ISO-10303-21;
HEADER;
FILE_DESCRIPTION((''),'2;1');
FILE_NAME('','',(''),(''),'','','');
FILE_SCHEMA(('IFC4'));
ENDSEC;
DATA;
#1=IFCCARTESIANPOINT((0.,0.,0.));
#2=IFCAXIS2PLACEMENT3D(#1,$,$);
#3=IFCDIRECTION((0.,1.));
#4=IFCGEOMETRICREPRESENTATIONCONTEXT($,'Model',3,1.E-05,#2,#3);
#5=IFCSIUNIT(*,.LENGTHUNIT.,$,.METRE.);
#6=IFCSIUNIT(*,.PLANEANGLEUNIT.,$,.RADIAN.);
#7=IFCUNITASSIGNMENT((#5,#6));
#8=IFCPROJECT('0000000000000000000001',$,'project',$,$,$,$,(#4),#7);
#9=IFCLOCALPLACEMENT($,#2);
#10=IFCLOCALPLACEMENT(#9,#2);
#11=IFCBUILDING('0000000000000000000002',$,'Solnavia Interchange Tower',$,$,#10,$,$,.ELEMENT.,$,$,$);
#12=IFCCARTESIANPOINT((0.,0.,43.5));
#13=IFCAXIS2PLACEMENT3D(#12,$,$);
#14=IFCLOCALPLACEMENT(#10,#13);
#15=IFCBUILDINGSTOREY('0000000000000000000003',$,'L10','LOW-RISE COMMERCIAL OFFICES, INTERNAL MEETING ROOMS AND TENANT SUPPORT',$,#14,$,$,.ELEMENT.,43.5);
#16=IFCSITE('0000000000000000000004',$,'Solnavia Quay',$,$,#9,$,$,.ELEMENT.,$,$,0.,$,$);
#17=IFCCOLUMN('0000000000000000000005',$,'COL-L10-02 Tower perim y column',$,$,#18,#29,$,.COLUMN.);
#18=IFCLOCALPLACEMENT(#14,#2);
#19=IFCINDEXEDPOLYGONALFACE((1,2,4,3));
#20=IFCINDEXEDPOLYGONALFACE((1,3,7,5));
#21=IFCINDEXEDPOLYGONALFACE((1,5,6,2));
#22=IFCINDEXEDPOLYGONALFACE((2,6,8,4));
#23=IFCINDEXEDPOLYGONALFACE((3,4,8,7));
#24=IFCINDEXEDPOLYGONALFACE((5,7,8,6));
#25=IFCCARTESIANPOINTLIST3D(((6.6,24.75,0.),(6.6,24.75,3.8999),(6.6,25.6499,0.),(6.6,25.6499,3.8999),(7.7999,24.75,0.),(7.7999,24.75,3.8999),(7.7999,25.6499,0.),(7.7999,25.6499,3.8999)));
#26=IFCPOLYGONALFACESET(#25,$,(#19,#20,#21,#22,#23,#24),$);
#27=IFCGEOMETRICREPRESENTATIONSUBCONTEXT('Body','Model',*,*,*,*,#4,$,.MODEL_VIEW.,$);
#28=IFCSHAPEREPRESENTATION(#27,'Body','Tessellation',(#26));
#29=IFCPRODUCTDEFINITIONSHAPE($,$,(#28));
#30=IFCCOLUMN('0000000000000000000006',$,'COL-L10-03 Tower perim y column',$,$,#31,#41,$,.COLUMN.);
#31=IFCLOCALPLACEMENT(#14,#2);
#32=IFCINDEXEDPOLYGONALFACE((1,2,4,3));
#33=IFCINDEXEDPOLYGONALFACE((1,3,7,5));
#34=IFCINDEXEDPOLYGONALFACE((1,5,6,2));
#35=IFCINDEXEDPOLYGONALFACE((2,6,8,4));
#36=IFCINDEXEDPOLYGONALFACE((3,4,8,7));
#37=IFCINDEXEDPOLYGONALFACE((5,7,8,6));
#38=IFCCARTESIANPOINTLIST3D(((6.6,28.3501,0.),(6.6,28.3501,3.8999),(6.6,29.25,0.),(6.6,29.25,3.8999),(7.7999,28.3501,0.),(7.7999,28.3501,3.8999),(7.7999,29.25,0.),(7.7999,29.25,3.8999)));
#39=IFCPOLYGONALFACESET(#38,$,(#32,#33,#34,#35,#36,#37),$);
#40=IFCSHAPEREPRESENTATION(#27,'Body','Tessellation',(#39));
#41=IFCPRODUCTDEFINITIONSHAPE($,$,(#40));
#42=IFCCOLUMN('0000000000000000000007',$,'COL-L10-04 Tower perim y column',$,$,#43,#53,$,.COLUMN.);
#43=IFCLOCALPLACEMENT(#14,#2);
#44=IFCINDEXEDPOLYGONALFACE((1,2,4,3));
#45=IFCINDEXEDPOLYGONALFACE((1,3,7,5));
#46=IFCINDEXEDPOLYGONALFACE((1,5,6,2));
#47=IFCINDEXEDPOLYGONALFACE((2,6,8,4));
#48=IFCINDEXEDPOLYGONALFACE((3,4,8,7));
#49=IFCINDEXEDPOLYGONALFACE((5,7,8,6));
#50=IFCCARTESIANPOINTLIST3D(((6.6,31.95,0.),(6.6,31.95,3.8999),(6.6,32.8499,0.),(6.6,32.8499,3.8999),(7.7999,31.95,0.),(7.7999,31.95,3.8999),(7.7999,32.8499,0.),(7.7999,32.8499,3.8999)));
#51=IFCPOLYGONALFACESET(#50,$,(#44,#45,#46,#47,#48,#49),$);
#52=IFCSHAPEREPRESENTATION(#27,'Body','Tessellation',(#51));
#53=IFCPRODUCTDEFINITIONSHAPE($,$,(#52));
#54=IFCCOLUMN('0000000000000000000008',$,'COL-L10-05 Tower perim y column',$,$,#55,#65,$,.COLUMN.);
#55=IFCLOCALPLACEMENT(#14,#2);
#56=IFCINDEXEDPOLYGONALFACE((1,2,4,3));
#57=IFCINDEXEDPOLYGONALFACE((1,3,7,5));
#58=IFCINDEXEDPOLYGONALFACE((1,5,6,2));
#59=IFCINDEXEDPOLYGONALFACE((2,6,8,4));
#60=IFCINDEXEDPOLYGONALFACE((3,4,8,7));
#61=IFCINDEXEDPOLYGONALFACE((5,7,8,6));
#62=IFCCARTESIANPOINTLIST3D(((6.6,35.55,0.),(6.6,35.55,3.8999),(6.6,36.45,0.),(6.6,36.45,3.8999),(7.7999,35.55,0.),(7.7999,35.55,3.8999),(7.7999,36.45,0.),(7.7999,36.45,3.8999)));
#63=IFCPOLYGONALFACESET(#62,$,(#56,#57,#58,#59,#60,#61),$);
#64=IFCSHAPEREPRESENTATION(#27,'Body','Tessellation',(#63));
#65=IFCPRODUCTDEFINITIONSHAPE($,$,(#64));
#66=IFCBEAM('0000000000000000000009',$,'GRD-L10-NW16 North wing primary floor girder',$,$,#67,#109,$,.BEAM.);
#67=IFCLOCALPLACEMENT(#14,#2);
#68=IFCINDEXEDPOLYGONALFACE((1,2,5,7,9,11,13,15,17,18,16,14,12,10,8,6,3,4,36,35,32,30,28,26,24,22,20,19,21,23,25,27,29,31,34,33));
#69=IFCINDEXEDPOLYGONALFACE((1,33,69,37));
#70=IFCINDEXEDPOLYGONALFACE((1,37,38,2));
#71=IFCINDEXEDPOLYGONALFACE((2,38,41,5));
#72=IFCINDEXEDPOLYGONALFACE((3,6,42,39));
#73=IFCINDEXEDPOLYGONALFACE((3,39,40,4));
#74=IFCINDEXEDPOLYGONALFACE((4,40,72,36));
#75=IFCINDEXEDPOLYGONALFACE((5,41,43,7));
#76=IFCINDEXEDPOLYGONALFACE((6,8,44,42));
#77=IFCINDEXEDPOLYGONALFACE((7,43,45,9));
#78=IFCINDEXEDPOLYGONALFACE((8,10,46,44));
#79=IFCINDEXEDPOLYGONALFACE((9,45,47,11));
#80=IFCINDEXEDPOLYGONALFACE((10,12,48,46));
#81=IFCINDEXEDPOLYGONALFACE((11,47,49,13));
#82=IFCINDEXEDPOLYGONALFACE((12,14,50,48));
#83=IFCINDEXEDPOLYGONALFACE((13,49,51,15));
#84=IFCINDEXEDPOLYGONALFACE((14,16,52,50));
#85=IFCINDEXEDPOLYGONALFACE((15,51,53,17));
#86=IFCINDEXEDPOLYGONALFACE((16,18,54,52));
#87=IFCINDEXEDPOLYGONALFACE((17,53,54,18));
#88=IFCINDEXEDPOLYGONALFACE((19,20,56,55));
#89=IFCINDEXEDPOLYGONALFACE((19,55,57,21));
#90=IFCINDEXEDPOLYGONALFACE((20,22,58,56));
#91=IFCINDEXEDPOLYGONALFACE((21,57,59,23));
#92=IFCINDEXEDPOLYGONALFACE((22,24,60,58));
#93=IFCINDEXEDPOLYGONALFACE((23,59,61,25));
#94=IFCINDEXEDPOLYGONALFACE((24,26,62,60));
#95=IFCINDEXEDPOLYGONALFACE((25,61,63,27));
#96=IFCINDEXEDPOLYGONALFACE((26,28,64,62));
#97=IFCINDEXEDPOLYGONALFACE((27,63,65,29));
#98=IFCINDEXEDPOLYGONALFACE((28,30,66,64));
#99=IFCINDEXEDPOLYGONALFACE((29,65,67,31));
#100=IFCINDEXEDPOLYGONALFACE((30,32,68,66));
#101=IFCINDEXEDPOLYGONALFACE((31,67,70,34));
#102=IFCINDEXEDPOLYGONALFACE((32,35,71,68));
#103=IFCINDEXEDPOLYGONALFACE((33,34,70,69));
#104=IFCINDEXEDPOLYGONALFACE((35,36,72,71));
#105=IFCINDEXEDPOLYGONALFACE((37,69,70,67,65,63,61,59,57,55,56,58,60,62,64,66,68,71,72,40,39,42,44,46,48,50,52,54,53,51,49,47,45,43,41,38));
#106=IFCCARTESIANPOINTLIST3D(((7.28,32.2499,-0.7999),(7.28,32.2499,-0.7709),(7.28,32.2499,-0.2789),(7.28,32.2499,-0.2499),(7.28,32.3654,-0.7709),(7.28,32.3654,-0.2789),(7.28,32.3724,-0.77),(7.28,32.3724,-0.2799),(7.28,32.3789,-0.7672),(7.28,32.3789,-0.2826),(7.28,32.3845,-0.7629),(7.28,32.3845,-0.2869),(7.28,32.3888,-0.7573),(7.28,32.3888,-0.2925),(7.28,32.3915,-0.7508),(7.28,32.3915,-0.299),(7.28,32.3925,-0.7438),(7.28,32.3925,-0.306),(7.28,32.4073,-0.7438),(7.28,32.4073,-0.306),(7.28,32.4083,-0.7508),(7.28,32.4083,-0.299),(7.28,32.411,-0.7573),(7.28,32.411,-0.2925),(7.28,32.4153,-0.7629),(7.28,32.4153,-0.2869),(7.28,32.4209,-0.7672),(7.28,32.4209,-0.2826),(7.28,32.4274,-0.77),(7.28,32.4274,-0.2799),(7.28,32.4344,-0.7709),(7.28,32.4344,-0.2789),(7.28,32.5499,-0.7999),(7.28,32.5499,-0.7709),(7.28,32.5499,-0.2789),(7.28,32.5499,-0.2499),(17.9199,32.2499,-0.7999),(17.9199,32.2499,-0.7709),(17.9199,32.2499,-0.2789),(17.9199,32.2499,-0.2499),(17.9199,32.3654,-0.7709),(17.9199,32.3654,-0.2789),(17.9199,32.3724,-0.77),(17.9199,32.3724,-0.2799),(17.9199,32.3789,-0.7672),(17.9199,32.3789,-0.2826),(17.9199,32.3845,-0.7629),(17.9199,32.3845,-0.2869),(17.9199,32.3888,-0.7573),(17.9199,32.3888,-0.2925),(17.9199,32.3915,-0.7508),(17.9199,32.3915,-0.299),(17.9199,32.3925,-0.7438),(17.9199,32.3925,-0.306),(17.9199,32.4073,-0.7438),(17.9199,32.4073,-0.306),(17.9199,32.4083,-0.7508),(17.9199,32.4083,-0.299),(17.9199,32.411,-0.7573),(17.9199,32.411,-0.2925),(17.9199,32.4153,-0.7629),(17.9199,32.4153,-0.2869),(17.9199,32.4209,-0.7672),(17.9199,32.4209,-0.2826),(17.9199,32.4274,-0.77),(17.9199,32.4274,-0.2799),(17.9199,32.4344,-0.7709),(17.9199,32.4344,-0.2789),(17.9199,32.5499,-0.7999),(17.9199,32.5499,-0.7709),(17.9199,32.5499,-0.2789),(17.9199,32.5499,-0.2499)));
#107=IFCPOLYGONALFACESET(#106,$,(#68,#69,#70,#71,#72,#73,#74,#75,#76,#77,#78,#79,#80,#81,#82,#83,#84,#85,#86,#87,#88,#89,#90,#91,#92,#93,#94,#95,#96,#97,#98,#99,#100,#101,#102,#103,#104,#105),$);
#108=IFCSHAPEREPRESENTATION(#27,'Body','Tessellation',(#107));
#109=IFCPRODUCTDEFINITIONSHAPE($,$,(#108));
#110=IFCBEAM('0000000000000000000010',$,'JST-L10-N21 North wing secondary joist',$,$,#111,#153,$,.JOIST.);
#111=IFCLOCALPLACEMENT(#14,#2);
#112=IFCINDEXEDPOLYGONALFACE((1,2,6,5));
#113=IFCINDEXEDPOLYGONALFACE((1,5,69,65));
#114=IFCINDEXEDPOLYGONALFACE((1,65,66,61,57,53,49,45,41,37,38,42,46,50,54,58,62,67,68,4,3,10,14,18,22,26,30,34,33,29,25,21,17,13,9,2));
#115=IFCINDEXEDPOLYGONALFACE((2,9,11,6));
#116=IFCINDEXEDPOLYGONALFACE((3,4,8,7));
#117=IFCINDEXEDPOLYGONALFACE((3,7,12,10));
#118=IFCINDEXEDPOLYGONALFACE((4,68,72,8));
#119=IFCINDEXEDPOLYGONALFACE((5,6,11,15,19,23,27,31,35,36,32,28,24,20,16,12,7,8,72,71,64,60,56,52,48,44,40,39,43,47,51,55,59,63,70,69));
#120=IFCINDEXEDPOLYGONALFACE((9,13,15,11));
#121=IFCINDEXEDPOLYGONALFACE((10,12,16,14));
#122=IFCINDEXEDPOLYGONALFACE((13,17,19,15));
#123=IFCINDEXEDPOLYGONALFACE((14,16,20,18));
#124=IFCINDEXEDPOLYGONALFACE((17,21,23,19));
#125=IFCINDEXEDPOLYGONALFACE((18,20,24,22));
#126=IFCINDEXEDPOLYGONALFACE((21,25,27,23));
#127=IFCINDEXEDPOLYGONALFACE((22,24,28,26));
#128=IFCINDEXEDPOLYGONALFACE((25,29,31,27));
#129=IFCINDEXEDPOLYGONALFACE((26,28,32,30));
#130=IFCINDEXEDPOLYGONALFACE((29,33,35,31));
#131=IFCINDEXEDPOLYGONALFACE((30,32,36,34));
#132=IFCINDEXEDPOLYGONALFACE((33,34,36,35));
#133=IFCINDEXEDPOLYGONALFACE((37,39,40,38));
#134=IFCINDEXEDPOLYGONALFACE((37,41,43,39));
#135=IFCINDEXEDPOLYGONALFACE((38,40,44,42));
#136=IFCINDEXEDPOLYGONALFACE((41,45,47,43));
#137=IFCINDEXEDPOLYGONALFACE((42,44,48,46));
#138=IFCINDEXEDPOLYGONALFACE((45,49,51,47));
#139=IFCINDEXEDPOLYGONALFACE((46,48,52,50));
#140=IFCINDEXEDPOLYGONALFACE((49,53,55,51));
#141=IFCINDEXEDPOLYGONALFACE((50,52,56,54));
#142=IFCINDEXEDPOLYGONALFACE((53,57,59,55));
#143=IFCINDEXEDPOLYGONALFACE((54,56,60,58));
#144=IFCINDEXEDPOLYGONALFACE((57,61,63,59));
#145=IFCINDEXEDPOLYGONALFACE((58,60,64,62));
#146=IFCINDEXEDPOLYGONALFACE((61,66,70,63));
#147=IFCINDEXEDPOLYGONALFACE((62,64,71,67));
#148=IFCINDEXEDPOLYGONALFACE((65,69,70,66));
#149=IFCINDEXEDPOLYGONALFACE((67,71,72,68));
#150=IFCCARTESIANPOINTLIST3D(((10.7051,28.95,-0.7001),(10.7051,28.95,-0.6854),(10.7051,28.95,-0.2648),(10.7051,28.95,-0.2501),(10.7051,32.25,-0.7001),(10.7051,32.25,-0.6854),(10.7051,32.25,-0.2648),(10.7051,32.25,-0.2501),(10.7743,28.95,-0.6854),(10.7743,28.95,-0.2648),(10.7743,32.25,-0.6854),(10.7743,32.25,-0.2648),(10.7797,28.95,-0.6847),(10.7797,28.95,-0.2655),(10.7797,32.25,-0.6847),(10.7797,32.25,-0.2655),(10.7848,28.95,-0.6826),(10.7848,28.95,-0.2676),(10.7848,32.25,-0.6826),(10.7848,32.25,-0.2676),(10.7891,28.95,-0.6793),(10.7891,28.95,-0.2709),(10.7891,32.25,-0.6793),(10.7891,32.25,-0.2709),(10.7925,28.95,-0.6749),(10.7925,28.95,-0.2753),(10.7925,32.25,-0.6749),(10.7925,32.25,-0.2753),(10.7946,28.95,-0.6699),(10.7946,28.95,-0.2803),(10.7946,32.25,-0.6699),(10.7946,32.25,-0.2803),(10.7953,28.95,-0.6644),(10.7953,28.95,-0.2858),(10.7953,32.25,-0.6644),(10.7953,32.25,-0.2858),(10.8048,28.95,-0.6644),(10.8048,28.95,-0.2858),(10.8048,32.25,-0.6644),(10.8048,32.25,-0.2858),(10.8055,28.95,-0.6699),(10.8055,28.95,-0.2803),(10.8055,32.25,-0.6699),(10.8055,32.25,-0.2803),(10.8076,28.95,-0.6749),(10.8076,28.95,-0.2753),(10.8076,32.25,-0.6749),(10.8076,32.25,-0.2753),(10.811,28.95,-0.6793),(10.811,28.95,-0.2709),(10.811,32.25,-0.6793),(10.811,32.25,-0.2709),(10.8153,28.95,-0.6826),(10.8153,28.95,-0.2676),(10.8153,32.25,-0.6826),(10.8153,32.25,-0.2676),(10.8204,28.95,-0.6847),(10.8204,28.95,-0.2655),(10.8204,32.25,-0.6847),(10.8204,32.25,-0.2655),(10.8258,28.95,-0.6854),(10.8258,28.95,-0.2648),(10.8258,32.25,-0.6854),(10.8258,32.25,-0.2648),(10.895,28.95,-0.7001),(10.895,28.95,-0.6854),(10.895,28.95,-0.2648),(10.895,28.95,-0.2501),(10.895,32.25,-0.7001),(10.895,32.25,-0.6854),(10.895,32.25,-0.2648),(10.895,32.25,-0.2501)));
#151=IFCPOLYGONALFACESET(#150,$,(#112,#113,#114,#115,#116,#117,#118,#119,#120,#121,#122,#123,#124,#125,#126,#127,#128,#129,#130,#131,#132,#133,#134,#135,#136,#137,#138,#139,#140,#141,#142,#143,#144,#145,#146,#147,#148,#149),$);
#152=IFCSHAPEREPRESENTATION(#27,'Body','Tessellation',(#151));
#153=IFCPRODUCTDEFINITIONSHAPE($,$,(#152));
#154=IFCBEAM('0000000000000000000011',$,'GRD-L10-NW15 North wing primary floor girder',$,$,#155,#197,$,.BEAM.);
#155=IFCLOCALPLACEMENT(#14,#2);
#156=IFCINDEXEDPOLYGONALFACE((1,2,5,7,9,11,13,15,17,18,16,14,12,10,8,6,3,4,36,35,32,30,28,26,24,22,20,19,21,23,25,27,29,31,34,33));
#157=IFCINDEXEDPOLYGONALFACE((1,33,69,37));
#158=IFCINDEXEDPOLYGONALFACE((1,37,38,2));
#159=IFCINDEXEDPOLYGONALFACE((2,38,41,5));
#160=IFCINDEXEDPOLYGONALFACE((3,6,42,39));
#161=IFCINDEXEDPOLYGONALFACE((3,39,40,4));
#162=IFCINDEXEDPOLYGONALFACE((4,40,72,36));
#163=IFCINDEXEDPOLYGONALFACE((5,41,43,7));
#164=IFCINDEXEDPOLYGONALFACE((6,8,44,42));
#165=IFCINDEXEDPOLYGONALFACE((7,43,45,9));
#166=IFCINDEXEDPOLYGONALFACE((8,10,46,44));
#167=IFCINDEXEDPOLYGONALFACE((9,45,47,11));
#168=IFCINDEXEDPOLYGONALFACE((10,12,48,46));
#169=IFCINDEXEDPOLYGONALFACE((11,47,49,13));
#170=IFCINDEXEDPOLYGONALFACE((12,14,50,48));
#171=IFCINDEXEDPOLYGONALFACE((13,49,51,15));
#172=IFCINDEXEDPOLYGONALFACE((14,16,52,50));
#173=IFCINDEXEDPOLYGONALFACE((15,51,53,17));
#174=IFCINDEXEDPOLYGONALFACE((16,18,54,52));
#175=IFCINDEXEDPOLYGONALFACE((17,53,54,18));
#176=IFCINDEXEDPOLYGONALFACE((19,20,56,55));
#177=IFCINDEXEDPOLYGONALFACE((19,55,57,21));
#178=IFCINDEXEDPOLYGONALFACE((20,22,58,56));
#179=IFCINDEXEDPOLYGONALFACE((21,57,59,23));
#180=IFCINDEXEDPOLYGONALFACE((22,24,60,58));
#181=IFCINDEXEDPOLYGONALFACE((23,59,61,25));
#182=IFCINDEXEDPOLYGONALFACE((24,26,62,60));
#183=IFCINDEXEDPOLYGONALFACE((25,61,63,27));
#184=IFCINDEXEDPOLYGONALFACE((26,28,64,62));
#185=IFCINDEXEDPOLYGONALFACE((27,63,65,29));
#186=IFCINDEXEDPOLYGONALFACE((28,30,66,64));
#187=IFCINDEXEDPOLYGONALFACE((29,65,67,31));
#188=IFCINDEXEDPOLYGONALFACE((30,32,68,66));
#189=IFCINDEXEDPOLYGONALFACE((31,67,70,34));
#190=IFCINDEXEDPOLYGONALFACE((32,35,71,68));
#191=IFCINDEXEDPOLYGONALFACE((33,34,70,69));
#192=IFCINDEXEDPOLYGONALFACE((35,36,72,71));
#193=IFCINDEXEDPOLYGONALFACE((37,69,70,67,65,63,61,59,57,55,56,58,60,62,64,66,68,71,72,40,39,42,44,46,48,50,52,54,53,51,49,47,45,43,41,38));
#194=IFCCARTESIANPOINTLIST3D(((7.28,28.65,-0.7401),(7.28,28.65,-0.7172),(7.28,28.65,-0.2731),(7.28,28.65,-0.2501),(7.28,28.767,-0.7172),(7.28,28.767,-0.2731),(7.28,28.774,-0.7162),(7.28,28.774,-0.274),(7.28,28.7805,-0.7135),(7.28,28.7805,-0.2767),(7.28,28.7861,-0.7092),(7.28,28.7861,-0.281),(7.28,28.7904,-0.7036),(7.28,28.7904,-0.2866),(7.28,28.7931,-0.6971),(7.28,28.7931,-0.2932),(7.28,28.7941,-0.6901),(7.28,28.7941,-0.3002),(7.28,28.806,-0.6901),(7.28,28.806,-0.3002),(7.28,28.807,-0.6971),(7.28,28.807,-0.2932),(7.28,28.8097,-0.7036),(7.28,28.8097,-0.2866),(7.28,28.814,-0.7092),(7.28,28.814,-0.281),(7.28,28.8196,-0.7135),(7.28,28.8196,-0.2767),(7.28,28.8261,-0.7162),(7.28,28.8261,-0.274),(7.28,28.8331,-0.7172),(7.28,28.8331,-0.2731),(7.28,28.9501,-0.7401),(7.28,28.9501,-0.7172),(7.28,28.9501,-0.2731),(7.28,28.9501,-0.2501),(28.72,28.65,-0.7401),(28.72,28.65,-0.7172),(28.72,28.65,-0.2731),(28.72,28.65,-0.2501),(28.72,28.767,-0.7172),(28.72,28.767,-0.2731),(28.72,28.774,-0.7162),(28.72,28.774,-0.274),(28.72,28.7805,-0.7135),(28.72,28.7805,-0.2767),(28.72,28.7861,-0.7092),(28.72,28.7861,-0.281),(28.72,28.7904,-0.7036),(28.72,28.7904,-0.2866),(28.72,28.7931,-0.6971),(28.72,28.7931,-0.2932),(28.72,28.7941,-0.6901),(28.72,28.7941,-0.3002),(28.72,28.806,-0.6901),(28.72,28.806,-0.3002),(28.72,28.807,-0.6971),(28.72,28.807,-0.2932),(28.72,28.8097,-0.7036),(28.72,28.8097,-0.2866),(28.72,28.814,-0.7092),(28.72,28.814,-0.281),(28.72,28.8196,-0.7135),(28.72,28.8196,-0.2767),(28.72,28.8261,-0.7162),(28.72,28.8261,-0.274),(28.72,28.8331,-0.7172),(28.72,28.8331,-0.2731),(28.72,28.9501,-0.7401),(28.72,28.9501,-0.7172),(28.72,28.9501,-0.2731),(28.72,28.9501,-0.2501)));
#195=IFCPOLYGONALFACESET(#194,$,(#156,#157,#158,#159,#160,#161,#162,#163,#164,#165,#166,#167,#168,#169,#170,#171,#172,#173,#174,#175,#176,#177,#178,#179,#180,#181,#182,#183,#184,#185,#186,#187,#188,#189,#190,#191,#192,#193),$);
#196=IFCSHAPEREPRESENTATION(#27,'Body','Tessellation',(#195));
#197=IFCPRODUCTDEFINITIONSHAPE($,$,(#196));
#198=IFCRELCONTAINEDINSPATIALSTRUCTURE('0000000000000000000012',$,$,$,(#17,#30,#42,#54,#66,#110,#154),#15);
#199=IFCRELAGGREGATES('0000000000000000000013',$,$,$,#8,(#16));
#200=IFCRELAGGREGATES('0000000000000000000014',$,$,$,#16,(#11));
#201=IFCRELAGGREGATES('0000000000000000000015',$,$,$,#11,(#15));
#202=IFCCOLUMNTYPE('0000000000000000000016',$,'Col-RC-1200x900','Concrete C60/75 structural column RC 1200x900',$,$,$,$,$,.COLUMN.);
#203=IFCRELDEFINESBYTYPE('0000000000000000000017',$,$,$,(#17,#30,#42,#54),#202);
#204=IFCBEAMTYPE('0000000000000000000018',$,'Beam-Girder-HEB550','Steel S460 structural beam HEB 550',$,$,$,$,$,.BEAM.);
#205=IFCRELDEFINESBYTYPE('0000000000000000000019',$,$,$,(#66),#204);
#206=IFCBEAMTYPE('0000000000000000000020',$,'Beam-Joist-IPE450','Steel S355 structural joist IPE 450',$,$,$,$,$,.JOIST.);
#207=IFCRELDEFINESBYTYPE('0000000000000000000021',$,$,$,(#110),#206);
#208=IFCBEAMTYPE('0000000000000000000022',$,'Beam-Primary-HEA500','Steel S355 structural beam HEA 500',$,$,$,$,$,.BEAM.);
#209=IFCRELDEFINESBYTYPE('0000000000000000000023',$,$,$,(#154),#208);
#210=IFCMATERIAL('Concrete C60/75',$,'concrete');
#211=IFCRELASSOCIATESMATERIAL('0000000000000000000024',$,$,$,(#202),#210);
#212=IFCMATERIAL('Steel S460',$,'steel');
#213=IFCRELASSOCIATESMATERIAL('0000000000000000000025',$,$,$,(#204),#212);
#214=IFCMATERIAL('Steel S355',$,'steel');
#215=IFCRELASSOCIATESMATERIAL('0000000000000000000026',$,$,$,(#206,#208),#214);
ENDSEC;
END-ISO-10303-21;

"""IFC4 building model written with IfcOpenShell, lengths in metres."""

from ifc_helpers import new_model, si_unit, direction, frame, origin, origin_2d, place, context, subcontext, project, spatial, rectangle, i_section, extrude, material, material_profile, profile_set, type_object, element, save


model = new_model("IFC4")

# Units and contexts
model_context = context("Model", 3, precision=1e-05, world=origin(), true_north=direction((0.0, 1.0)))
body_context = subcontext(model_context, "Body", "Model", "MODEL_VIEW")
ifc_project = project(units=[si_unit("LENGTHUNIT", "METRE"), si_unit("PLANEANGLEUNIT", "RADIAN")], contexts=[model_context])

# Site, building, storey
site_placement = place(None, origin())
site = spatial("IfcSite", under=ifc_project, at=site_placement, Name="Solnavia Quay", CompositionType="ELEMENT", RefElevation=0.0)
building_placement = place(site_placement, origin())
building = spatial("IfcBuilding", under=site, at=building_placement, Name="Solnavia Interchange Tower", CompositionType="ELEMENT")
storey_placement = place(building_placement, frame((0.0, 0.0, 43.5)))
storey = spatial("IfcBuildingStorey", under=building, at=storey_placement, Name="L10", Description="LOW-RISE COMMERCIAL OFFICES, INTERNAL MEETING ROOMS AND TENANT SUPPORT", CompositionType="ELEMENT", Elevation=43.5)

# Columns
ifc_material_1 = material(Name="Concrete C60/75", Category="concrete")
ifc_material_profile_1 = material_profile(ifc_material_1, rectangle(XDim=0.8999, YDim=1.2, at=origin_2d()), Name="RC 1200x900")
ifc_profile_set_1 = profile_set([ifc_material_profile_1], Name="Concrete C60/75")
column_type = type_object("IfcColumnType", Name="Col-RC-1200x900", Description="Concrete C60/75 structural column RC 1200x900", PredefinedType="COLUMN", material=ifc_profile_set_1)
for number, where, z_axis, x_axis, name in (
    (1, (7.2, 25.2, 0.0), (0.0, 0.0, 1.0), (0.0, 1.0, 0.0), "COL-L10-02 Tower perim y column"),
    (2, (7.2, 28.8, 0.0), (0.0, 0.0, 1.0), (0.0, 1.0, 0.0), "COL-L10-03 Tower perim y column"),
    (3, (7.2, 32.3999, 0.0), (0.0, 0.0, 1.0), (0.0, 1.0, 0.0), "COL-L10-04 Tower perim y column"),
    (4, (7.2, 36.0, 0.0), (0.0, 0.0, 1.0), (0.0, 1.0, 0.0), "COL-L10-05 Tower perim y column"),
):
    element("IfcColumn", number, at=place(storey_placement, frame(where, z_axis=z_axis, x_axis=x_axis)), inside=storey, type_object=column_type, Name=name, PredefinedType="COLUMN", context=body_context, shape_type="SweptSolid", body=[
        extrude(rectangle(XDim=0.8999, YDim=1.2, at=origin_2d()), origin(), (0.0, 0.0, 1.0), 3.8999),
    ])

# Beams
ifc_material_2 = material(Name="Steel S460", Category="steel")
ifc_material_profile_2 = material_profile(ifc_material_2, i_section(OverallWidth=0.3, OverallDepth=0.55, WebThickness=0.0149, FlangeThickness=0.0291, FilletRadius=0.0271, at=origin_2d()), Name="HEB 550")
ifc_profile_set_2 = profile_set([ifc_material_profile_2], Name="Steel S460")
beam_type_1 = type_object("IfcBeamType", Name="Beam-Girder-HEB550", Description="Steel S460 structural beam HEB 550", PredefinedType="BEAM", material=ifc_profile_set_2)
beam_1_placement = place(storey_placement, frame((7.28, 32.3999, -0.5249), z_axis=(1.0, 0.0, 0.0), x_axis=(0.0, 1.0, 0.0)))
element("IfcBeam", 5, at=beam_1_placement, inside=storey, type_object=beam_type_1, Name="GRD-L10-NW16 North wing primary floor girder", PredefinedType="BEAM", context=body_context, shape_type="SweptSolid", body=[
    extrude(i_section(OverallWidth=0.3, OverallDepth=0.55, WebThickness=0.0149, FlangeThickness=0.0291, FilletRadius=0.0271, at=origin_2d()), origin(), (0.0, 0.0, 1.0), 10.6399),
])
ifc_material_3 = material(Name="Steel S355", Category="steel")
ifc_material_profile_3 = material_profile(ifc_material_3, i_section(OverallWidth=0.1899, OverallDepth=0.45, WebThickness=0.0095, FlangeThickness=0.0146, FilletRadius=0.021, at=origin_2d()), Name="IPE 450")
ifc_profile_set_3 = profile_set([ifc_material_profile_3], Name="Steel S355")
beam_type_2 = type_object("IfcBeamType", Name="Beam-Joist-IPE450", Description="Steel S355 structural joist IPE 450", PredefinedType="JOIST", material=ifc_profile_set_3)
beam_2_placement = place(storey_placement, frame((10.8, 28.95, -0.4751), z_axis=(0.0, 1.0, 0.0), x_axis=(-1.0, 0.0, 0.0)))
element("IfcBeam", 6, at=beam_2_placement, inside=storey, type_object=beam_type_2, Name="JST-L10-N21 North wing secondary joist", PredefinedType="JOIST", context=body_context, shape_type="SweptSolid", body=[
    extrude(i_section(OverallWidth=0.1899, OverallDepth=0.45, WebThickness=0.0095, FlangeThickness=0.0146, FilletRadius=0.021, at=origin_2d()), origin(), (0.0, 0.0, 1.0), 3.3),
])
ifc_material_profile_4 = material_profile(ifc_material_3, i_section(OverallWidth=0.3, OverallDepth=0.49, WebThickness=0.012, FlangeThickness=0.0229, FilletRadius=0.0271, at=origin_2d()), Name="HEA 500")
ifc_profile_set_4 = profile_set([ifc_material_profile_4], Name="Steel S355")
beam_type_3 = type_object("IfcBeamType", Name="Beam-Primary-HEA500", Description="Steel S355 structural beam HEA 500", PredefinedType="BEAM", material=ifc_profile_set_4)
for number, where, z_axis, x_axis, name in (
    (7, (7.28, 28.8, -0.4951), (1.0, 0.0, 0.0), (0.0, 1.0, 0.0), "GRD-L10-NW15 North wing primary floor girder"),
):
    element("IfcBeam", number, at=place(storey_placement, frame(where, z_axis=z_axis, x_axis=x_axis)), inside=storey, type_object=beam_type_3, Name=name, PredefinedType="BEAM", context=body_context, shape_type="SweptSolid", body=[
        extrude(i_section(OverallWidth=0.3, OverallDepth=0.49, WebThickness=0.012, FlangeThickness=0.0229, FilletRadius=0.0271, at=origin_2d()), origin(), (0.0, 0.0, 1.0), 21.4399),
    ])

save(model, "model.ifc")
